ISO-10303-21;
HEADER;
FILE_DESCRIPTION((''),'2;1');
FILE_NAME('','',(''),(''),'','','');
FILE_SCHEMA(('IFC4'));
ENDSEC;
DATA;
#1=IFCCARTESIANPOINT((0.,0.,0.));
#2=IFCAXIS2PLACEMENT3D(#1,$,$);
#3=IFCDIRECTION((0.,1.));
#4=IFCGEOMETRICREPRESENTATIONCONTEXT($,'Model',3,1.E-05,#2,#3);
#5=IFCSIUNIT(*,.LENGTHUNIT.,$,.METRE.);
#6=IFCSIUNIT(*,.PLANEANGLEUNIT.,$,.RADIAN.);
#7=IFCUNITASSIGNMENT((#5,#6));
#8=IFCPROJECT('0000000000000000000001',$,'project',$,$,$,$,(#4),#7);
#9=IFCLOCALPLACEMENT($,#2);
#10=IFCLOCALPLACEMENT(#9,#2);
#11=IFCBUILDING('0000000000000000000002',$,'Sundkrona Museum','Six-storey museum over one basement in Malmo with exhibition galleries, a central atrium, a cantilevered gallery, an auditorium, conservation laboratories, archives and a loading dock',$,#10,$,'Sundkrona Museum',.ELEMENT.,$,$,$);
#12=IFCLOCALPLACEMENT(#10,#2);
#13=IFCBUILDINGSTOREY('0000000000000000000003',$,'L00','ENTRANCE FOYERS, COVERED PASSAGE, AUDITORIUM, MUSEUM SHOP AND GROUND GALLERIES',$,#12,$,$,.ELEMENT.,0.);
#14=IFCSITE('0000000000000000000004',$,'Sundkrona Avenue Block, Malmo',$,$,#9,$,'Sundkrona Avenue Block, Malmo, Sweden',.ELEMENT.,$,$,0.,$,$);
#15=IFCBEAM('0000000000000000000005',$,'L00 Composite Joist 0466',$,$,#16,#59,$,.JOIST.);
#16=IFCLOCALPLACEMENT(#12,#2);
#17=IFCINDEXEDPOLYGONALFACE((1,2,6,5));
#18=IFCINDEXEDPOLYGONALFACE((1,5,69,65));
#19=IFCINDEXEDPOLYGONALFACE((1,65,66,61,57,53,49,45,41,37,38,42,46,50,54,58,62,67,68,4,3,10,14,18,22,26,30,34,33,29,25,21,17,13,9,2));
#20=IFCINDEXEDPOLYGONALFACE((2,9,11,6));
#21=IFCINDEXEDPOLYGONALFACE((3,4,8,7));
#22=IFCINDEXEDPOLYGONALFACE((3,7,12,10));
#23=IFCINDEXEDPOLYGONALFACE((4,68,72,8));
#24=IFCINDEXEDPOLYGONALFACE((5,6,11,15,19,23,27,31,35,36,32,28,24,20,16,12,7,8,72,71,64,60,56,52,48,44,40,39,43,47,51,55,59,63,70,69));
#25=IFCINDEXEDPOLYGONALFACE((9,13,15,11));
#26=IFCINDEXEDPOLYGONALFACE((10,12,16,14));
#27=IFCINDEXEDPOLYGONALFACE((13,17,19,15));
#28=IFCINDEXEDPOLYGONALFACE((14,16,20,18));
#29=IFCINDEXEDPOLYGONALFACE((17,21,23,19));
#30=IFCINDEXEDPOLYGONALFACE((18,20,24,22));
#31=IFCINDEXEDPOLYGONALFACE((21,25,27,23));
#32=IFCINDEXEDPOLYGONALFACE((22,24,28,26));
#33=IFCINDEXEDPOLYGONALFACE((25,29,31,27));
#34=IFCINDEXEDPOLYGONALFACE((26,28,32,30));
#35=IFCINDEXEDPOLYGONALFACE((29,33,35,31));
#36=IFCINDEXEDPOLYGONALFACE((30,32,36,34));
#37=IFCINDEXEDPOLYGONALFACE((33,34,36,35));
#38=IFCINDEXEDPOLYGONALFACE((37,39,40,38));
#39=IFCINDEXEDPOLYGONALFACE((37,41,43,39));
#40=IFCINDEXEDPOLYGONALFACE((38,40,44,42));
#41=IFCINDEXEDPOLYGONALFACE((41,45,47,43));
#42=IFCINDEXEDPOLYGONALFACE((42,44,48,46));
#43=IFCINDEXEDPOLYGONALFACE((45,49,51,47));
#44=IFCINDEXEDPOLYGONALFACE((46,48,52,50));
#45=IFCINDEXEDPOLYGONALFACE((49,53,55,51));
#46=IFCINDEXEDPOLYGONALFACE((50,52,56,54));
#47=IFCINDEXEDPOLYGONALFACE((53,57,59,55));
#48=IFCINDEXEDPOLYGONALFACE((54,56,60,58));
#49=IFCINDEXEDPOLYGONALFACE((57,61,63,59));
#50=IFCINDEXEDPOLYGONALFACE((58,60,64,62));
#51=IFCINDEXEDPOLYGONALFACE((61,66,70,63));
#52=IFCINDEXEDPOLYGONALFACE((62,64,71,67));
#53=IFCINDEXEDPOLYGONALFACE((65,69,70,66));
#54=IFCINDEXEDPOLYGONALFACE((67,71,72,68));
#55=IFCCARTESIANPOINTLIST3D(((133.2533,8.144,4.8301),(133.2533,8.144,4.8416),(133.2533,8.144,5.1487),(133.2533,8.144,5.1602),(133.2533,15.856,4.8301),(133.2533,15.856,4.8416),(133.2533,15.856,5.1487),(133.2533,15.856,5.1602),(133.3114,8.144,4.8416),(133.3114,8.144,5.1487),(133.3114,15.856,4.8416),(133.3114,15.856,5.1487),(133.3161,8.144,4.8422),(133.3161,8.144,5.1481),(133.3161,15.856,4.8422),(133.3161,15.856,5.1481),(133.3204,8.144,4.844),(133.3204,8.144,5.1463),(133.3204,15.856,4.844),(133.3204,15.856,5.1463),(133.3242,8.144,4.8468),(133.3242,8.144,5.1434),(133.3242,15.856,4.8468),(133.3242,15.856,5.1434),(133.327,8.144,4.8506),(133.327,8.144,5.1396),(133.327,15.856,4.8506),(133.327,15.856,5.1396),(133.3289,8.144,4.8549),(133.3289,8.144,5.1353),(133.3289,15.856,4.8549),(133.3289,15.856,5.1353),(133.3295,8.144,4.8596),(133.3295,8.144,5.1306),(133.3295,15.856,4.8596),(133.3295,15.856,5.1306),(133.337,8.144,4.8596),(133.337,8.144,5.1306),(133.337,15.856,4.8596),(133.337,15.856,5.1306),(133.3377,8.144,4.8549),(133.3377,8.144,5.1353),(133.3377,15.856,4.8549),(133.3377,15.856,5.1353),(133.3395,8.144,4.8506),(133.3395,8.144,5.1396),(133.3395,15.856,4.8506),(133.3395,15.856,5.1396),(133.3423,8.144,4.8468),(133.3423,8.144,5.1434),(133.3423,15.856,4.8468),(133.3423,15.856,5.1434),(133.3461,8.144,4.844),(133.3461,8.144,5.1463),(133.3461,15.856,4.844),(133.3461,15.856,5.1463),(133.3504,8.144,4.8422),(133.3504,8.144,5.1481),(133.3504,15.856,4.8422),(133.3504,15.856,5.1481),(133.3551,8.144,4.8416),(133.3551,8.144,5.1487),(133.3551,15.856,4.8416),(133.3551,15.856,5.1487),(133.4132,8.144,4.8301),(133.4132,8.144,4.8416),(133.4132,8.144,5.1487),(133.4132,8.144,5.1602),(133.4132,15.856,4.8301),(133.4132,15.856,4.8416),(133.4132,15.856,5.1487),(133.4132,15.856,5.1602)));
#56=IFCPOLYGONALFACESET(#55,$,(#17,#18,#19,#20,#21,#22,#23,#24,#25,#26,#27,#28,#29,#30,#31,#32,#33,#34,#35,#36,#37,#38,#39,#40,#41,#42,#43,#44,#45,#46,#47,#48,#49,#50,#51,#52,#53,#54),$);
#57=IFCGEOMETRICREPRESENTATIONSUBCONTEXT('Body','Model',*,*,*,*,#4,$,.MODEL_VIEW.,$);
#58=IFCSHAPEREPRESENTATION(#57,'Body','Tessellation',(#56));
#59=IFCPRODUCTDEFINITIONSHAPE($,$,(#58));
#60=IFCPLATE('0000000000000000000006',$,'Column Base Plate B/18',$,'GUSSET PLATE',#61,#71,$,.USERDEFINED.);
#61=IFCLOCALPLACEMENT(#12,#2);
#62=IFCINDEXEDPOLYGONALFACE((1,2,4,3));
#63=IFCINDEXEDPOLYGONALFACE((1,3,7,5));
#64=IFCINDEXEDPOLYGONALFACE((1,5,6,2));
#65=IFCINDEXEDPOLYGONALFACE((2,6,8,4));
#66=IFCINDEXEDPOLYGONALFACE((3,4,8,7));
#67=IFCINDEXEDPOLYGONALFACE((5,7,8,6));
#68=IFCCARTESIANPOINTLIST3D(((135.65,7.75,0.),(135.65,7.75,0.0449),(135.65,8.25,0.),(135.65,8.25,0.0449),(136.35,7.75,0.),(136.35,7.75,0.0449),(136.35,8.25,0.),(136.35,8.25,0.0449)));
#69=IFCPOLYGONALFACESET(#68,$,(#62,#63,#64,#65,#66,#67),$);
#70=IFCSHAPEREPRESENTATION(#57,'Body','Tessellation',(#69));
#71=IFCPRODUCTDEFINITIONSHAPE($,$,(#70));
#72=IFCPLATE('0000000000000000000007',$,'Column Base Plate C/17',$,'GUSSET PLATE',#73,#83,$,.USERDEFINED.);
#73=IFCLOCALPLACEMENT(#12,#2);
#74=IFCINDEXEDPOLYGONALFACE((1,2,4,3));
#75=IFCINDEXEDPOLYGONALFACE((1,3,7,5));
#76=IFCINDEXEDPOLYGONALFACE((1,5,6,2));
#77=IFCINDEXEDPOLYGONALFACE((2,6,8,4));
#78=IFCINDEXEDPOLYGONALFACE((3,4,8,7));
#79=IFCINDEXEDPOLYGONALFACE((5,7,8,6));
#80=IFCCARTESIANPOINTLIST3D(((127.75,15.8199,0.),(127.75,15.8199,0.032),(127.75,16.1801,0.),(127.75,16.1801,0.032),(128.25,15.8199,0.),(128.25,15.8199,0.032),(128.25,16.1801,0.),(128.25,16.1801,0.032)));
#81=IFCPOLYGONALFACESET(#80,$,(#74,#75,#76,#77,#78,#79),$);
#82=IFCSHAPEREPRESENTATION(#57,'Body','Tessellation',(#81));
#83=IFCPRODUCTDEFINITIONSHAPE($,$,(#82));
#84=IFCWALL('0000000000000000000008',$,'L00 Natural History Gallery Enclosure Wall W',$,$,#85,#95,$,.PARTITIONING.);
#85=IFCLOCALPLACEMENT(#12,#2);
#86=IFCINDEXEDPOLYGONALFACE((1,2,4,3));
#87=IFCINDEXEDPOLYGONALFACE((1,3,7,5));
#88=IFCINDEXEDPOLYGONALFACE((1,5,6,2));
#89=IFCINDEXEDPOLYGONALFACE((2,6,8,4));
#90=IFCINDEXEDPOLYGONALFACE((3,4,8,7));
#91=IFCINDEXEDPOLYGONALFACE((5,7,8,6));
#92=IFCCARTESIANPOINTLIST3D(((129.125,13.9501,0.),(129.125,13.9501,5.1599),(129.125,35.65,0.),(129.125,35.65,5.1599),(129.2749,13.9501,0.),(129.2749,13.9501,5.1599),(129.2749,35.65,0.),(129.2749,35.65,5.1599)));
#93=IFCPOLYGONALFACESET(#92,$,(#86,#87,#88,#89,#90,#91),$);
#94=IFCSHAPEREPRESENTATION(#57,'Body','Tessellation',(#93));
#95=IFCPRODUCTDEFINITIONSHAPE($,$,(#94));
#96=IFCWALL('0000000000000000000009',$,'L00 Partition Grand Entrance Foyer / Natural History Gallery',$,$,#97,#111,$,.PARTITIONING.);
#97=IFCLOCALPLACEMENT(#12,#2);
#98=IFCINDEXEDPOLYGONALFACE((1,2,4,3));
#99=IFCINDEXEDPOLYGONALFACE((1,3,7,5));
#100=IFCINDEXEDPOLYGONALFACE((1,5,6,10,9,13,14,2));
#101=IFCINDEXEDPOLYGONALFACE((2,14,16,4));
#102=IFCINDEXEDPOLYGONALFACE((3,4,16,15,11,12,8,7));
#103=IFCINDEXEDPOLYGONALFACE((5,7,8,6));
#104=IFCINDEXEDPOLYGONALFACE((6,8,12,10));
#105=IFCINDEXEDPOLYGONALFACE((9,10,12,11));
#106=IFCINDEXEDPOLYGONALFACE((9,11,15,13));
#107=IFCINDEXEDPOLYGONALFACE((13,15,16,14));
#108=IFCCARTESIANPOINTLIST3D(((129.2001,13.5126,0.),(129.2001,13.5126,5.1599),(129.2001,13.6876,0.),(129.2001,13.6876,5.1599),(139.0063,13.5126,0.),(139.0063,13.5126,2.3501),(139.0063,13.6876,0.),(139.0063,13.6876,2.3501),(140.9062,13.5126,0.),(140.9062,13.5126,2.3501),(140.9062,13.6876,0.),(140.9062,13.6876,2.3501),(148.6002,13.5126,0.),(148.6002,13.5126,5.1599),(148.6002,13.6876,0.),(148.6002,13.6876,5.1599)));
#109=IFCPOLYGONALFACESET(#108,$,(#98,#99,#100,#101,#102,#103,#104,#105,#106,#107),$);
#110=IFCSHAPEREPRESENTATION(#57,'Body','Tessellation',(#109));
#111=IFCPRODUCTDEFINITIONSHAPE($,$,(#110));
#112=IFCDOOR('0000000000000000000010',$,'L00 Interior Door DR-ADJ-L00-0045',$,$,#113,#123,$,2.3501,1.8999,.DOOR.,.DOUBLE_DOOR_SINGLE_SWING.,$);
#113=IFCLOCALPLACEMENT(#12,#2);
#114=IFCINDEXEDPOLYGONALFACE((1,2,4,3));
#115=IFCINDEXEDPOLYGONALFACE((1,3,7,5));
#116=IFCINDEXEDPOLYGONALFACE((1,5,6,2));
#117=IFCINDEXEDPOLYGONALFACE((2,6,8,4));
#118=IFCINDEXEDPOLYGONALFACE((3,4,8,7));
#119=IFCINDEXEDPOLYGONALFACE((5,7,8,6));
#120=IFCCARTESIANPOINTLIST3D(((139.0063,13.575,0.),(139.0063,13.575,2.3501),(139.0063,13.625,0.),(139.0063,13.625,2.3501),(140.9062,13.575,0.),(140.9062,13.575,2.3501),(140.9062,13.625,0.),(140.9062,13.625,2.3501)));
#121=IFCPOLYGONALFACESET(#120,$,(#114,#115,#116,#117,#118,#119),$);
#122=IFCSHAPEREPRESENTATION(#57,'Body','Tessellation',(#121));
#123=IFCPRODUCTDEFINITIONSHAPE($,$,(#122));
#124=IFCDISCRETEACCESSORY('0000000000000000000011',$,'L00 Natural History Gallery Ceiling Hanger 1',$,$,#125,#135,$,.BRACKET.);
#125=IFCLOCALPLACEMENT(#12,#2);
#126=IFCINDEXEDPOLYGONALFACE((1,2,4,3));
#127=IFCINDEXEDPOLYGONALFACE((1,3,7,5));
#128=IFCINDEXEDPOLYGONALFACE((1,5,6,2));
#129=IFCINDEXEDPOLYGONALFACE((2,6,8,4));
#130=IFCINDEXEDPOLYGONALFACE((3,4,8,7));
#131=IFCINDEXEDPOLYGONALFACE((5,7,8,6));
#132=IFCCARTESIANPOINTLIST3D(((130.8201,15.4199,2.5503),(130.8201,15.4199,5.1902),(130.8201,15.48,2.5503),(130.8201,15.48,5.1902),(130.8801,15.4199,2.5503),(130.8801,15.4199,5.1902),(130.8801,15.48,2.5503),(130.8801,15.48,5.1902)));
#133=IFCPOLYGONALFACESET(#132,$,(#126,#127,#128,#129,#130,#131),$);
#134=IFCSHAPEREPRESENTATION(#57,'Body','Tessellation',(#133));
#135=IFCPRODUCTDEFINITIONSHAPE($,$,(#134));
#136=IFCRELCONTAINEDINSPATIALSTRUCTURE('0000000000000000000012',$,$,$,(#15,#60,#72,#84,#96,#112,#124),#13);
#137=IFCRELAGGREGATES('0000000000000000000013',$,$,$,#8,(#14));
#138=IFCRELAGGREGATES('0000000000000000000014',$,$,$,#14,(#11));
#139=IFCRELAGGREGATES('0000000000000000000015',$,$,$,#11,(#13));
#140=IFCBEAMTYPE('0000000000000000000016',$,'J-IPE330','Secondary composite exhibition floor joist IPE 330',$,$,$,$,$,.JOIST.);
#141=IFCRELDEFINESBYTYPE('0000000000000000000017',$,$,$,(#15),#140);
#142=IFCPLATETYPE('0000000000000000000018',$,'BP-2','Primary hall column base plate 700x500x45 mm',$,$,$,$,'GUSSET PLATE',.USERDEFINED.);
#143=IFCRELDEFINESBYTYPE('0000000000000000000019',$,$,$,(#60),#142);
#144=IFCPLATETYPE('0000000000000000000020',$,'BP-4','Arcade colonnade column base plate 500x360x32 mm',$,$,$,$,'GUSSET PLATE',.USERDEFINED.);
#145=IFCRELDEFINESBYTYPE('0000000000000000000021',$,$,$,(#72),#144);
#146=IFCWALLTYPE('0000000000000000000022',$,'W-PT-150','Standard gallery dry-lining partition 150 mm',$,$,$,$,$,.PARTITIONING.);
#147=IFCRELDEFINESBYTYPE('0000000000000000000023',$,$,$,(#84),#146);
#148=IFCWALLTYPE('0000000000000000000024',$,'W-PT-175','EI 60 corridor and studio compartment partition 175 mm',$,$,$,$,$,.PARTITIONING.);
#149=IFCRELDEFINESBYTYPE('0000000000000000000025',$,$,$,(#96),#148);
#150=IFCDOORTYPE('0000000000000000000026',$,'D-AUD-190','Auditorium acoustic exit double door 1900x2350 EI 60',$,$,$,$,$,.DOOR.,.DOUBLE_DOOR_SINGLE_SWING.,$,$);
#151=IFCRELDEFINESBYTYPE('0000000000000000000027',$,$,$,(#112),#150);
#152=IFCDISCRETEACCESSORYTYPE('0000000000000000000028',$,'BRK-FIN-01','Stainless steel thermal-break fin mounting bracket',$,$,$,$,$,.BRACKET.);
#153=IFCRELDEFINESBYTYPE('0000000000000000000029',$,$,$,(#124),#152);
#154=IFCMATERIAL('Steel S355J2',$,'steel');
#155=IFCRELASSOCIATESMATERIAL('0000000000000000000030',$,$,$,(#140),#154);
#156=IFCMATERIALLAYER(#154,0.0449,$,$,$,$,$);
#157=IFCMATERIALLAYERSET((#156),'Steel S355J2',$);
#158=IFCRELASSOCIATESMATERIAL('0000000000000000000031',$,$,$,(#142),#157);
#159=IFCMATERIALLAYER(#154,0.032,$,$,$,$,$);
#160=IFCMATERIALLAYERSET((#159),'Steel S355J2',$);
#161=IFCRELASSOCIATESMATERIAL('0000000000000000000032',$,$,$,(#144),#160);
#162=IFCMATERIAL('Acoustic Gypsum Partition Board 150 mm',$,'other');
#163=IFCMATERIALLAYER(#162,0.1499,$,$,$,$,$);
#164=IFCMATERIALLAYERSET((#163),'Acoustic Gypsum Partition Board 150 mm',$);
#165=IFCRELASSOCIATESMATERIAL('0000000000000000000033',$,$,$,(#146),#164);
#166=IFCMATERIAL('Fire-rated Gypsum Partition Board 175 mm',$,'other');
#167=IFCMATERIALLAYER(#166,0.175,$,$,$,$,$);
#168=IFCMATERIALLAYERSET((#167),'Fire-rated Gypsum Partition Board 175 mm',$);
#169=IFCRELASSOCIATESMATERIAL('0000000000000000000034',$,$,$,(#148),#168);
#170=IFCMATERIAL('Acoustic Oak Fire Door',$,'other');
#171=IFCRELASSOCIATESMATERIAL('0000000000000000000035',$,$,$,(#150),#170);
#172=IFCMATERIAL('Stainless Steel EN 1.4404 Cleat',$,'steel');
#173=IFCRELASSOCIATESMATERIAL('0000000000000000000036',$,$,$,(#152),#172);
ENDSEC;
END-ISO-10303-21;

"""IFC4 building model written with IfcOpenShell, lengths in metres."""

from ifc_helpers import new_model, si_unit, direction, frame, frame_2d, origin, origin_2d, place, context, subcontext, project, spatial, rectangle, i_section, extrude, material, layer, layer_set, material_profile, profile_set, type_object, element, fill, save


model = new_model("IFC4")

# Units and contexts
model_context = context("Model", 3, precision=1e-05, world=origin(), true_north=direction((0.0, 1.0)))
body_context = subcontext(model_context, "Body", "Model", "MODEL_VIEW")
ifc_project = project(units=[si_unit("LENGTHUNIT", "METRE"), si_unit("PLANEANGLEUNIT", "RADIAN")], contexts=[model_context])

# Site, building, storey
site_placement = place(None, origin())
site = spatial("IfcSite", under=ifc_project, at=site_placement, Name="Sundkrona Avenue Block, Malmo", LongName="Sundkrona Avenue Block, Malmo, Sweden", CompositionType="ELEMENT", RefElevation=0.0)
building_placement = place(site_placement, origin())
building = spatial("IfcBuilding", under=site, at=building_placement, Name="Sundkrona Museum", Description="Six-storey museum over one basement in Malmo with exhibition galleries, a central atrium, a cantilevered gallery, an auditorium, conservation laboratories, archives and a loading dock", LongName="Sundkrona Museum", CompositionType="ELEMENT")
storey_placement = place(building_placement, origin())
storey = spatial("IfcBuildingStorey", under=building, at=storey_placement, Name="L00", Description="ENTRANCE FOYERS, COVERED PASSAGE, AUDITORIUM, MUSEUM SHOP AND GROUND GALLERIES", CompositionType="ELEMENT", Elevation=0.0)

# Shared definitions
ifc_material_1 = material(Name="Steel S355J2", Category="steel")

# Beam
ifc_material_profile_1 = material_profile(ifc_material_1, i_section(OverallWidth=0.1599, OverallDepth=0.3301, WebThickness=0.0076, FlangeThickness=0.0115, FilletRadius=0.0181, at=origin_2d()), Name="IPE 330")
ifc_profile_set_1 = profile_set([ifc_material_profile_1], Name="Steel S355J2")
beam_type_1 = type_object("IfcBeamType", Name="J-IPE330", Description="Secondary composite exhibition floor joist IPE 330", PredefinedType="JOIST", material=ifc_profile_set_1)
beam_1_placement = place(storey_placement, frame((133.3333, 8.144, 4.9951), z_axis=(0.0, 1.0, 0.0), x_axis=(-1.0, 0.0, 0.0)))
element("IfcBeam", 1, at=beam_1_placement, inside=storey, type_object=beam_type_1, Name="L00 Composite Joist 0466", PredefinedType="JOIST", context=body_context, shape_type="SweptSolid", body=[
    extrude(i_section(OverallWidth=0.1599, OverallDepth=0.3301, WebThickness=0.0076, FlangeThickness=0.0115, FilletRadius=0.0181, at=origin_2d()), origin(), (0.0, 0.0, 1.0), 7.7119),
])

# Plates
ifc_layer_1 = layer(ifc_material_1, 0.0449)
ifc_layer_set_1 = layer_set([ifc_layer_1], Name="Steel S355J2")
plate_type_1 = type_object("IfcPlateType", Name="BP-2", Description="Primary hall column base plate 700x500x45 mm", ElementType="GUSSET PLATE", PredefinedType="USERDEFINED", material=ifc_layer_set_1)
plate_1_placement = place(storey_placement, frame((136.0, 8.0, 0.0), z_axis=(0.0, 0.0, 1.0), x_axis=(1.0, 0.0, 0.0)))
element("IfcPlate", 2, at=plate_1_placement, inside=storey, type_object=plate_type_1, Name="Column Base Plate B/18", ObjectType="GUSSET PLATE", PredefinedType="USERDEFINED", context=body_context, shape_type="SweptSolid", body=[
    extrude(rectangle(XDim=0.7, YDim=0.5, at=origin_2d()), origin(), (0.0, 0.0, 1.0), 0.0449),
])
ifc_layer_2 = layer(ifc_material_1, 0.032)
ifc_layer_set_2 = layer_set([ifc_layer_2], Name="Steel S355J2")
plate_type_2 = type_object("IfcPlateType", Name="BP-4", Description="Arcade colonnade column base plate 500x360x32 mm", ElementType="GUSSET PLATE", PredefinedType="USERDEFINED", material=ifc_layer_set_2)
plate_2_placement = place(storey_placement, frame((128.0, 16.0, 0.0), z_axis=(0.0, 0.0, 1.0), x_axis=(1.0, 0.0, 0.0)))
element("IfcPlate", 3, at=plate_2_placement, inside=storey, type_object=plate_type_2, Name="Column Base Plate C/17", ObjectType="GUSSET PLATE", PredefinedType="USERDEFINED", context=body_context, shape_type="SweptSolid", body=[
    extrude(rectangle(XDim=0.5, YDim=0.3601, at=origin_2d()), origin(), (0.0, 0.0, 1.0), 0.032),
])

# Wall
ifc_material_2 = material(Name="Acoustic Gypsum Partition Board 150 mm", Category="other")
ifc_layer_3 = layer(ifc_material_2, 0.1499)
ifc_layer_set_3 = layer_set([ifc_layer_3], Name="Acoustic Gypsum Partition Board 150 mm")
wall_type_1 = type_object("IfcWallType", Name="W-PT-150", Description="Standard gallery dry-lining partition 150 mm", PredefinedType="PARTITIONING", material=ifc_layer_set_3)
wall_1_placement = place(storey_placement, frame((129.2, 13.95, 0.0), z_axis=(0.0, 0.0, 1.0), x_axis=(0.0, 1.0, 0.0)))
element("IfcWall", 4, at=wall_1_placement, inside=storey, type_object=wall_type_1, Name="L00 Natural History Gallery Enclosure Wall W", PredefinedType="PARTITIONING", context=body_context, shape_type="SweptSolid", body=[
    extrude(rectangle(XDim=21.7, YDim=0.1499, at=frame_2d((10.8501, 0.0))), origin(), (0.0, 0.0, 1.0), 5.1599),
])

# Wall, opening, door
ifc_material_3 = material(Name="Fire-rated Gypsum Partition Board 175 mm", Category="other")
ifc_layer_4 = layer(ifc_material_3, 0.175)
ifc_layer_set_4 = layer_set([ifc_layer_4], Name="Fire-rated Gypsum Partition Board 175 mm")
wall_type_2 = type_object("IfcWallType", Name="W-PT-175", Description="EI 60 corridor and studio compartment partition 175 mm", PredefinedType="PARTITIONING", material=ifc_layer_set_4)
wall_2_placement = place(storey_placement, frame((129.2, 13.6001, 0.0), z_axis=(0.0, 0.0, 1.0), x_axis=(1.0, 0.0, 0.0)))
wall_2 = element("IfcWall", 5, at=wall_2_placement, inside=storey, type_object=wall_type_2, Name="L00 Partition Grand Entrance Foyer / Natural History Gallery", PredefinedType="PARTITIONING", context=body_context, shape_type="SweptSolid", body=[
    extrude(rectangle(XDim=19.4001, YDim=0.175, at=frame_2d((9.7002, 0.0))), origin(), (0.0, 0.0, 1.0), 5.1599),
])
opening_placement = place(wall_2_placement, frame((9.8064, 0.0, 0.0)))
opening = element("IfcOpeningElement", 6, at=opening_placement, cuts=wall_2, PredefinedType="OPENING", context=body_context, shape_type="SweptSolid", body=[
    extrude(rectangle(XDim=1.8999, YDim=2.3501, at=frame_2d((0.95, 1.175))), frame((0.0, 0.0974, 0.0), z_axis=(0.0, -1.0, 0.0), x_axis=(1.0, 0.0, 0.0)), (0.0, 0.0, 1.0), 0.1951),
])
ifc_material_4 = material(Name="Acoustic Oak Fire Door", Category="other")
door_type = type_object("IfcDoorType", Name="D-AUD-190", Description="Auditorium acoustic exit double door 1900x2350 EI 60", OperationType="DOUBLE_DOOR_SINGLE_SWING", PredefinedType="DOOR", material=ifc_material_4)
door_placement = place(opening_placement, origin())
door = element("IfcDoor", 7, at=door_placement, inside=storey, type_object=door_type, Name="L00 Interior Door DR-ADJ-L00-0045", OperationType="DOUBLE_DOOR_SINGLE_SWING", OverallHeight=2.3501, OverallWidth=1.8999, PredefinedType="DOOR", context=body_context, shape_type="SweptSolid", body=[
    extrude(rectangle(XDim=1.8999, YDim=2.3501, at=frame_2d((0.95, 1.175))), frame((0.0, 0.0249, 0.0), z_axis=(0.0, -1.0, 0.0), x_axis=(1.0, 0.0, 0.0)), (0.0, 0.0, 1.0), 0.05),
])
fill(opening, door)

# Discrete accessory
ifc_material_5 = material(Name="Stainless Steel EN 1.4404 Cleat", Category="steel")
discrete_accessory_type = type_object("IfcDiscreteAccessoryType", Name="BRK-FIN-01", Description="Stainless steel thermal-break fin mounting bracket", PredefinedType="BRACKET", material=ifc_material_5)
discrete_accessory_placement = place(storey_placement, frame((130.8501, 15.45, 2.5503), z_axis=(0.0, 0.0, 1.0), x_axis=(1.0, 0.0, 0.0)))
element("IfcDiscreteAccessory", 8, at=discrete_accessory_placement, inside=storey, type_object=discrete_accessory_type, Name="L00 Natural History Gallery Ceiling Hanger 1", PredefinedType="BRACKET", context=body_context, shape_type="SweptSolid", body=[
    extrude(rectangle(XDim=0.0601, YDim=0.0601, at=origin_2d()), origin(), (0.0, 0.0, 1.0), 2.6399),
])

save(model, "model.ifc")
